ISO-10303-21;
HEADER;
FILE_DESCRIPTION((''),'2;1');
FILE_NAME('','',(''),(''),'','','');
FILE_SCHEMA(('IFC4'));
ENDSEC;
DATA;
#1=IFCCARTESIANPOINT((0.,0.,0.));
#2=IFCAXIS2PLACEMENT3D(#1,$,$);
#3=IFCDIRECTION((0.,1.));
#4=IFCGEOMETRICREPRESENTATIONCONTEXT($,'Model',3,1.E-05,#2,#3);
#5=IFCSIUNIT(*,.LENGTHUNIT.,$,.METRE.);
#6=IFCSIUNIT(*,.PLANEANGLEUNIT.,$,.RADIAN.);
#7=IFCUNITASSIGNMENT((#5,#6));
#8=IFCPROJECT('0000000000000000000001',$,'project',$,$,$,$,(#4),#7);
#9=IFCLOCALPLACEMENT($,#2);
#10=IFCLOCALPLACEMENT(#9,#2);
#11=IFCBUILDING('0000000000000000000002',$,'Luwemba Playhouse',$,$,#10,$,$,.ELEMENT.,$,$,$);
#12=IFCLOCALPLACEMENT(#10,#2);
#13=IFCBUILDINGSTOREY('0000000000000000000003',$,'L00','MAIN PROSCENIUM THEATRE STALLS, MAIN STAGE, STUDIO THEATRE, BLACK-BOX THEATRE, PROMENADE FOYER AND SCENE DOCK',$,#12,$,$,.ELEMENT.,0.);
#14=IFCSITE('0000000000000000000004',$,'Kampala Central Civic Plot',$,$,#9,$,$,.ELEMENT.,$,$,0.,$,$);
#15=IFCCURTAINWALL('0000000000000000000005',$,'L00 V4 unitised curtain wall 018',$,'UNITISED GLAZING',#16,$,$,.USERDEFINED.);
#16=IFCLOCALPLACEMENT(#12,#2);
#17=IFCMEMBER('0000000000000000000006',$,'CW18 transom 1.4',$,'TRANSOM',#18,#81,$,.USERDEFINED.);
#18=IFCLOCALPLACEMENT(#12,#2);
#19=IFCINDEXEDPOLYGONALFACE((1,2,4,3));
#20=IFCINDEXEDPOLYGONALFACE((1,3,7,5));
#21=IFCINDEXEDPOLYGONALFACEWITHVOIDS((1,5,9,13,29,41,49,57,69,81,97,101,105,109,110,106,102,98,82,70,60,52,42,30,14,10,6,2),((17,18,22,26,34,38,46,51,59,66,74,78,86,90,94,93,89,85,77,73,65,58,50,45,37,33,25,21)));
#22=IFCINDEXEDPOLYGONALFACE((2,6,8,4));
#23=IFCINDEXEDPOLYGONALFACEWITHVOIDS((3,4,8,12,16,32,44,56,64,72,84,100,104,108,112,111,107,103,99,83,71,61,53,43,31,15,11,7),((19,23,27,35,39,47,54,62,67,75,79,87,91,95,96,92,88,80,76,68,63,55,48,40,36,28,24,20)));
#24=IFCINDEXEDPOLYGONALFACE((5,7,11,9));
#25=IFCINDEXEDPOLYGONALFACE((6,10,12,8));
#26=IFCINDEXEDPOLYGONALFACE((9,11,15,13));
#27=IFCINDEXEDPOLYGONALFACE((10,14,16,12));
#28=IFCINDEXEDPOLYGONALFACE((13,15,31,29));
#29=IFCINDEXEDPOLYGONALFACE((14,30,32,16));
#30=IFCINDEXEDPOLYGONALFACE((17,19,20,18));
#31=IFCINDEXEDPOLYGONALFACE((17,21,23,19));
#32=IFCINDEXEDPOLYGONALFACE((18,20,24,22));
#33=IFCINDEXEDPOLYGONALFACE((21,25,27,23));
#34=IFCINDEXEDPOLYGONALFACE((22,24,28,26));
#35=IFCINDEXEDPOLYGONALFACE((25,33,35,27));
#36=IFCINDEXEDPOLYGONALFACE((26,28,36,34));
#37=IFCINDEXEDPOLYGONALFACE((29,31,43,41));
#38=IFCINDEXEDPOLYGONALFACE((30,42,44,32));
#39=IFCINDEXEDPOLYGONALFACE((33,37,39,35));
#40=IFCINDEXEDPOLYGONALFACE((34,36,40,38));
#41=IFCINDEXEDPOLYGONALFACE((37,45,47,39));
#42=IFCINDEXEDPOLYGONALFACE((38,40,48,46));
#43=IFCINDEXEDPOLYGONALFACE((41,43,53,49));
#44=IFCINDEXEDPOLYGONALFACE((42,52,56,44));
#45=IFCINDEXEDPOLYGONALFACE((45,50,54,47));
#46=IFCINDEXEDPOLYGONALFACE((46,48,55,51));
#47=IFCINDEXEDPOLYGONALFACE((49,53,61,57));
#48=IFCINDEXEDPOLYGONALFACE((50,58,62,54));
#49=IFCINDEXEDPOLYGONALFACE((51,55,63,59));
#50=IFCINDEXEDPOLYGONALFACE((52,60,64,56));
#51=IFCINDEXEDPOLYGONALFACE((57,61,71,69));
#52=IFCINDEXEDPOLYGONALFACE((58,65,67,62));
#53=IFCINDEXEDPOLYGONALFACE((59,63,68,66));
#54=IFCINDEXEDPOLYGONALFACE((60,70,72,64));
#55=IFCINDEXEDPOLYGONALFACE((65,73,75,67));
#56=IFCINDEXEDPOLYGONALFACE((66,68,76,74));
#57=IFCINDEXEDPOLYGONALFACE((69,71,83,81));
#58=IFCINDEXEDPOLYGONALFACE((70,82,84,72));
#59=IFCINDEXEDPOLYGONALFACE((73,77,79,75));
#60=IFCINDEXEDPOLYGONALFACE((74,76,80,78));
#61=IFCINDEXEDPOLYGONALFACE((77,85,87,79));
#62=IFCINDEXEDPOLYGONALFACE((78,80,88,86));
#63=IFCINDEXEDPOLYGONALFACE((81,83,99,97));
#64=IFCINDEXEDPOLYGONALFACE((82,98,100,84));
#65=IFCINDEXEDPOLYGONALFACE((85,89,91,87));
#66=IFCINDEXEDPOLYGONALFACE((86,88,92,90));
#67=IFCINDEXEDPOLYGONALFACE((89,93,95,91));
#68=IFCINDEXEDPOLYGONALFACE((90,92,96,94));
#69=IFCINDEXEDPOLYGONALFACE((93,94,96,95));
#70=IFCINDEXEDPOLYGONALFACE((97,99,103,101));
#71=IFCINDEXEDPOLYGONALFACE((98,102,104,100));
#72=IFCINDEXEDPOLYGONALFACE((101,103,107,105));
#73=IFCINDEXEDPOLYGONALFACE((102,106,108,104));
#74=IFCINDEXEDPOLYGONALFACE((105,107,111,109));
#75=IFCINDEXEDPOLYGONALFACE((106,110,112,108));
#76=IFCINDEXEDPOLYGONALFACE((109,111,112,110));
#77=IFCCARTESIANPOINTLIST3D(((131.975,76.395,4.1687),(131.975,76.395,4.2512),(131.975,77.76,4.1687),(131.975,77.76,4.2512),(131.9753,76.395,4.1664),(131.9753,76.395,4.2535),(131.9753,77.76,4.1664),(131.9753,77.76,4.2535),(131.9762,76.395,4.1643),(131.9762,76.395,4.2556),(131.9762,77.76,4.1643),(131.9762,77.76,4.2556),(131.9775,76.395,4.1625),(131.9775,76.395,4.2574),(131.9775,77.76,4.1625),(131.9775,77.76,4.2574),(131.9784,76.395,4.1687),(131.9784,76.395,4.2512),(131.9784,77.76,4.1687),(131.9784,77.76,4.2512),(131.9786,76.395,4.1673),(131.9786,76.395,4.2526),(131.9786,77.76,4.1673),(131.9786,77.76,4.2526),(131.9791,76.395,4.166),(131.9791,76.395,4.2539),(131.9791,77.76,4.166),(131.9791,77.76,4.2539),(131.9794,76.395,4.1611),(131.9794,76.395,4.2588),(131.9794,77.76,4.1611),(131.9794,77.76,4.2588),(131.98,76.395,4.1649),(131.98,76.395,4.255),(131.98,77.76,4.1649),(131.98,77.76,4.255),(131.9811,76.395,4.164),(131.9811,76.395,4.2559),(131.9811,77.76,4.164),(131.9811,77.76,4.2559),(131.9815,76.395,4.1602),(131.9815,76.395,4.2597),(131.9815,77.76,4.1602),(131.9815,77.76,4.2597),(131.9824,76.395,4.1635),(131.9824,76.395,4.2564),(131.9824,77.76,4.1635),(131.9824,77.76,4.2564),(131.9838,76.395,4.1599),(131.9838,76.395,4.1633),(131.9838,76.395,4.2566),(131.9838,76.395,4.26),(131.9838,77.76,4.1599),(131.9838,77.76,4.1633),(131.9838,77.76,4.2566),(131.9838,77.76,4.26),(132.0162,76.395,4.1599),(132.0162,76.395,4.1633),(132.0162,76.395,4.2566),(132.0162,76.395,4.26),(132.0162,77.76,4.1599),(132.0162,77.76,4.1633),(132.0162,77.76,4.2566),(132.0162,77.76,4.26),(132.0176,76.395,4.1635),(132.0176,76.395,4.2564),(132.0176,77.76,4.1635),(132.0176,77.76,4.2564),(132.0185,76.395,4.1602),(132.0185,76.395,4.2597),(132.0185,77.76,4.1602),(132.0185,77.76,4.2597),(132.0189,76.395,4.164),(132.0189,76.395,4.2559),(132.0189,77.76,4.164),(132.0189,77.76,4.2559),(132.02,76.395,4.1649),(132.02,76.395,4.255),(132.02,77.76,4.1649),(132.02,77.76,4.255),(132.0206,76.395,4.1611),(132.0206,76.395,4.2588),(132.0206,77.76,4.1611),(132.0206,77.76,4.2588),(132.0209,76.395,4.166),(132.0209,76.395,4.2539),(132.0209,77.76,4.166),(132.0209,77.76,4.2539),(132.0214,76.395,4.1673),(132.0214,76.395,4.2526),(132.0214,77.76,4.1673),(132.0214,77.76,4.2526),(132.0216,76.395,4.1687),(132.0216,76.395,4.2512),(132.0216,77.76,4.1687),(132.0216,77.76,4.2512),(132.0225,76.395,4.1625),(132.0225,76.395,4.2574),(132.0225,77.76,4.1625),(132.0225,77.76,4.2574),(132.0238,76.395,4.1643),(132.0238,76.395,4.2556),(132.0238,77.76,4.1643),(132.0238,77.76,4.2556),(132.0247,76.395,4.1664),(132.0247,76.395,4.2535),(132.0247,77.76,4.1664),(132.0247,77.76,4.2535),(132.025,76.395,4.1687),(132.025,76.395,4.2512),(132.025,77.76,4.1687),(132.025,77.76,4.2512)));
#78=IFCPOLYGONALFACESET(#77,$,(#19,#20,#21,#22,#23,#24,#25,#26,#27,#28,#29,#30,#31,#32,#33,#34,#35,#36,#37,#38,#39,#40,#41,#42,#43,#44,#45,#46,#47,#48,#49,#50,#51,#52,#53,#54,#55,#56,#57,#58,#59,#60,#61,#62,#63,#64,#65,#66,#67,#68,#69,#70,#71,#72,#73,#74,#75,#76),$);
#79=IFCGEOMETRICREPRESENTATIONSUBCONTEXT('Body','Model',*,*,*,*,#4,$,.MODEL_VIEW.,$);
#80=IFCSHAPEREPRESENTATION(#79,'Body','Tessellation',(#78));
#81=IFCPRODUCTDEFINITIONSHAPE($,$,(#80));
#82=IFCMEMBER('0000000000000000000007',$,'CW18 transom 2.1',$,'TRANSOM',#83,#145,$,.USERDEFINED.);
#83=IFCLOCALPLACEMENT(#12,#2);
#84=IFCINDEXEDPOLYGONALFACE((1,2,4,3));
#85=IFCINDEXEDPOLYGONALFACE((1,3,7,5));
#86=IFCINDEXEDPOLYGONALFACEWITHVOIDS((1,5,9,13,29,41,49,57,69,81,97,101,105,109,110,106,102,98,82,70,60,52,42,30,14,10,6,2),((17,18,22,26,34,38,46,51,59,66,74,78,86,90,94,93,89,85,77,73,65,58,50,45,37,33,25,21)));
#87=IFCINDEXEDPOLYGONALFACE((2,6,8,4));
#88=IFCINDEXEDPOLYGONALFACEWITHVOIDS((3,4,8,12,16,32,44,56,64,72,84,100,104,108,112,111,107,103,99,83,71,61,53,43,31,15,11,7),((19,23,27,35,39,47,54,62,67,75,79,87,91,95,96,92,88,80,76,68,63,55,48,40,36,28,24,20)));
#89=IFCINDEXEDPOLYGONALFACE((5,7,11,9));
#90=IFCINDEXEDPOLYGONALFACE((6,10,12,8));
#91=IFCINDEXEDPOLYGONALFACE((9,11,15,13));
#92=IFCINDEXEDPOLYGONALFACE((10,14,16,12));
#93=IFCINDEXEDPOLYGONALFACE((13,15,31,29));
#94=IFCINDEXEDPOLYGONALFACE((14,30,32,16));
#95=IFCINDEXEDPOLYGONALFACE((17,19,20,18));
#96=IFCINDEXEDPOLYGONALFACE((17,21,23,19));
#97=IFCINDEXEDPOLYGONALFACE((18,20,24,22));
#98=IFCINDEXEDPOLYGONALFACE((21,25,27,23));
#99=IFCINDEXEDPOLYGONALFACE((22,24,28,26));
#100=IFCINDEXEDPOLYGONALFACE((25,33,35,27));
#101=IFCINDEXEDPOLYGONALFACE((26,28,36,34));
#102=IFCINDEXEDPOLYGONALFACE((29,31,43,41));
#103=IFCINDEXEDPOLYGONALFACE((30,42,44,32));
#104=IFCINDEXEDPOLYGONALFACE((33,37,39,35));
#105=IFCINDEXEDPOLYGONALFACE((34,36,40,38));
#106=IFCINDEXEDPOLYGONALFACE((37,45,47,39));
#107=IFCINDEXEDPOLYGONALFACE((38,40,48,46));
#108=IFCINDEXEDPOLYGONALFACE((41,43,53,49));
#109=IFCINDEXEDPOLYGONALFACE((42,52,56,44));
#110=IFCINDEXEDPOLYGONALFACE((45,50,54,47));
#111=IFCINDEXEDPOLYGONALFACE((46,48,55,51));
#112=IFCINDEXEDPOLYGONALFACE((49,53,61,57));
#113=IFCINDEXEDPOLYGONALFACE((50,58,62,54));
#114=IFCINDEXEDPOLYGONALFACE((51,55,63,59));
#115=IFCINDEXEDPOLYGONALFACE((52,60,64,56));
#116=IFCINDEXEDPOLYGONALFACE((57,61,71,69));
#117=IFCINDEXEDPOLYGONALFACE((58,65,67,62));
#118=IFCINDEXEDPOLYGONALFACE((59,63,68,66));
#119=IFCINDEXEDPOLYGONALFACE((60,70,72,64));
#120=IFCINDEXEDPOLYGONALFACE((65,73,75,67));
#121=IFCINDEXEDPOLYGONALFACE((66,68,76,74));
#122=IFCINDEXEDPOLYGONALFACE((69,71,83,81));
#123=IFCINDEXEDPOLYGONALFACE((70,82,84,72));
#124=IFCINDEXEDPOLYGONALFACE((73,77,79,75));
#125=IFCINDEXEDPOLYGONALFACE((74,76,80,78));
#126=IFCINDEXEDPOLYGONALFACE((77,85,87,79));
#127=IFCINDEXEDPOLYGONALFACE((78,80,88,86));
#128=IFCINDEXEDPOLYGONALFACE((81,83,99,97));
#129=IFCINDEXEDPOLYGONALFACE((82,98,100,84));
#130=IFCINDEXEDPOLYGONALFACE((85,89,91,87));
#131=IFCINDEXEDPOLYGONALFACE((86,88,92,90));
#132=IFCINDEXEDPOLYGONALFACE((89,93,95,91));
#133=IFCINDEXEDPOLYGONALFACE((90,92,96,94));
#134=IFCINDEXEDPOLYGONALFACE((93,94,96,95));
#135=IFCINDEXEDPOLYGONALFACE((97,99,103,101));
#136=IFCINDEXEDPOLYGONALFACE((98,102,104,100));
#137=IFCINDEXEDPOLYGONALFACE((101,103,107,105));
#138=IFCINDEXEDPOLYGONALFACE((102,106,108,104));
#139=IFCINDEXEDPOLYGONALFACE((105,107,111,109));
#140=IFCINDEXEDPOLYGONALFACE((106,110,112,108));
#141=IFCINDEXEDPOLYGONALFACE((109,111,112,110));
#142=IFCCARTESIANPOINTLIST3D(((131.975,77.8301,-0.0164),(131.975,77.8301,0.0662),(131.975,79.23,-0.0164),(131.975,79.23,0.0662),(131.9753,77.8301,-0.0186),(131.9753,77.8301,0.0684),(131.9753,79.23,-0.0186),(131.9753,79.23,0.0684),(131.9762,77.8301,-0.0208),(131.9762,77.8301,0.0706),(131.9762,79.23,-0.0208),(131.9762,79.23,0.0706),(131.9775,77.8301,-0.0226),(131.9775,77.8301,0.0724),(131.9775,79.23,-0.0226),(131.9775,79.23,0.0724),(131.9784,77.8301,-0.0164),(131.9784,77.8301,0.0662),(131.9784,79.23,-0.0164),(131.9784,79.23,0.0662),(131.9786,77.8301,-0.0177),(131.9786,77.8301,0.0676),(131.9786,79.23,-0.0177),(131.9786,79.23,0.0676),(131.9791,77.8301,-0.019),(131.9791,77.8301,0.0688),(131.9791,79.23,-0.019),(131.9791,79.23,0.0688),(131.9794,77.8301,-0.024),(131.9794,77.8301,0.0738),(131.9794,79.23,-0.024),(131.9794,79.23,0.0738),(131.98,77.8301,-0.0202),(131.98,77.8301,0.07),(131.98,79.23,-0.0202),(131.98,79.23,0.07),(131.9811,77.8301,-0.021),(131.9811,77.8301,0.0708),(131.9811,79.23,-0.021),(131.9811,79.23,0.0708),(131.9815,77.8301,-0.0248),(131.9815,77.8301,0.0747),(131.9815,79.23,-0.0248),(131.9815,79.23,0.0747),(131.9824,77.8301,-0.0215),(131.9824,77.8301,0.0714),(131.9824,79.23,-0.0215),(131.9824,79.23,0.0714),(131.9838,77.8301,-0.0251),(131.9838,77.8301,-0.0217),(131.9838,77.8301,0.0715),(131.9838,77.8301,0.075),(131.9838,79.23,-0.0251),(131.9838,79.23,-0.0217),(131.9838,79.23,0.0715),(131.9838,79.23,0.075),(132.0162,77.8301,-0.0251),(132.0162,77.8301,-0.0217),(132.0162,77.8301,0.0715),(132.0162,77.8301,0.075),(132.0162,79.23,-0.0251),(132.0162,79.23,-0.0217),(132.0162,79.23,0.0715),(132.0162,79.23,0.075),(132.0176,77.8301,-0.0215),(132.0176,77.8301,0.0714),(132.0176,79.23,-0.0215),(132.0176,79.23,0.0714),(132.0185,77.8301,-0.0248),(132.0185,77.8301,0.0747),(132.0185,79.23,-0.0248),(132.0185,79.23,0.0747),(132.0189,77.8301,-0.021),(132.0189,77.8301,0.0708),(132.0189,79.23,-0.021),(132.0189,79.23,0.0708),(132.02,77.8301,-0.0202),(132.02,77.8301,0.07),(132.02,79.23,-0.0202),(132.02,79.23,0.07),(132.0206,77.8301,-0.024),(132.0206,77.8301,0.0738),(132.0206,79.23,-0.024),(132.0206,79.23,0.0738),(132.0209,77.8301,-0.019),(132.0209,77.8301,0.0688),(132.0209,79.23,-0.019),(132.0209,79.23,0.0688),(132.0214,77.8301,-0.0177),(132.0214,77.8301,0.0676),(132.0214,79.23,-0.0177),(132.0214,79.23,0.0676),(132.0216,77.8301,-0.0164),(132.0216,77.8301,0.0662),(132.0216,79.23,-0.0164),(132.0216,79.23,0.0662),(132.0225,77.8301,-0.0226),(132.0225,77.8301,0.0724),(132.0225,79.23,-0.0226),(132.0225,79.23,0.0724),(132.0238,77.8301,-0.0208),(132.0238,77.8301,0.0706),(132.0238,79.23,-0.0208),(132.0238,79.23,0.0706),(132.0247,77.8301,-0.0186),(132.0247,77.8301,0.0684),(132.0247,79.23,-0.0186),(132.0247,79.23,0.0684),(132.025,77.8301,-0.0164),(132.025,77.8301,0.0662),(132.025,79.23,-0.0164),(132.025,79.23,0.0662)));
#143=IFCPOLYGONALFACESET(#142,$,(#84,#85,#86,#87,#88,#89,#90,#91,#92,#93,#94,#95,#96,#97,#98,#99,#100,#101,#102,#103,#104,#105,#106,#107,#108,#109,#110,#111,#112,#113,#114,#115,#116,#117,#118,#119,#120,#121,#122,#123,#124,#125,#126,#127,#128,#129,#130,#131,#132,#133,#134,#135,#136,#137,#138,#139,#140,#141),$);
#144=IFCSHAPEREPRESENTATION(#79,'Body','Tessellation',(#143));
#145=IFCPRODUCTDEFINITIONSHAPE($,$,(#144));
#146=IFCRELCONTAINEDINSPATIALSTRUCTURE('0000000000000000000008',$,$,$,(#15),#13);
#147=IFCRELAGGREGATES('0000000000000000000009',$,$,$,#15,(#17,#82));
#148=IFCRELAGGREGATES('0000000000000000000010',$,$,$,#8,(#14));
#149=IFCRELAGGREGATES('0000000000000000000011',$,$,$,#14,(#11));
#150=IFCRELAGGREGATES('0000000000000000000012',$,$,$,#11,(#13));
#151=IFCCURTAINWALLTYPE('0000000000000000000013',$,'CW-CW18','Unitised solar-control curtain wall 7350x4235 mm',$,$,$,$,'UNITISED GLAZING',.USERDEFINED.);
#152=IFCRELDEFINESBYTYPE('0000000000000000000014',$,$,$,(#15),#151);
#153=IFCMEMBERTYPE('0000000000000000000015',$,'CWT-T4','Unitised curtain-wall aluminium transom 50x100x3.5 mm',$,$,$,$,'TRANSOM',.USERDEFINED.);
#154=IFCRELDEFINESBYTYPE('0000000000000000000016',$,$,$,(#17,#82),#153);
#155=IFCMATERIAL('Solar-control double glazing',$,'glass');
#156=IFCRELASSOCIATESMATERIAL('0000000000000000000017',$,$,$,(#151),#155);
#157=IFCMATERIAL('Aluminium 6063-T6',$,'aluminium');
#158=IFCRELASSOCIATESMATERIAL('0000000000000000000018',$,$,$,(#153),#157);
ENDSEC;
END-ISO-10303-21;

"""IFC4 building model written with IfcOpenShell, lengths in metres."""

from ifc_helpers import new_model, si_unit, direction, frame, origin, origin_2d, place, context, subcontext, project, spatial, hollow_rectangle, extrude, material, material_profile, profile_set, type_object, element, aggregate, save


model = new_model("IFC4")

# Units and contexts
model_context = context("Model", 3, precision=1e-05, world=origin(), true_north=direction((0.0, 1.0)))
body_context = subcontext(model_context, "Body", "Model", "MODEL_VIEW")
ifc_project = project(units=[si_unit("LENGTHUNIT", "METRE"), si_unit("PLANEANGLEUNIT", "RADIAN")], contexts=[model_context])

# Site, building, storey
site_placement = place(None, origin())
site = spatial("IfcSite", under=ifc_project, at=site_placement, Name="Kampala Central Civic Plot", CompositionType="ELEMENT", RefElevation=0.0)
building_placement = place(site_placement, origin())
building = spatial("IfcBuilding", under=site, at=building_placement, Name="Luwemba Playhouse", CompositionType="ELEMENT")
storey_placement = place(building_placement, origin())
storey = spatial("IfcBuildingStorey", under=building, at=storey_placement, Name="L00", Description="MAIN PROSCENIUM THEATRE STALLS, MAIN STAGE, STUDIO THEATRE, BLACK-BOX THEATRE, PROMENADE FOYER AND SCENE DOCK", CompositionType="ELEMENT", Elevation=0.0)

# Curtain wall, members
ifc_material_1 = material(Name="Solar-control double glazing", Category="glass")
curtain_wall_type = type_object("IfcCurtainWallType", Name="CW-CW18", Description="Unitised solar-control curtain wall 7350x4235 mm", ElementType="UNITISED GLAZING", PredefinedType="USERDEFINED", material=ifc_material_1)
curtain_wall_placement = place(storey_placement, origin())
curtain_wall = element("IfcCurtainWall", 1, at=curtain_wall_placement, inside=storey, type_object=curtain_wall_type, Name="L00 V4 unitised curtain wall 018", ObjectType="UNITISED GLAZING", PredefinedType="USERDEFINED")
ifc_material_2 = material(Name="Aluminium 6063-T6", Category="aluminium")
ifc_material_profile_1 = material_profile(ifc_material_2, hollow_rectangle(XDim=0.05, YDim=0.1001, WallThickness=0.0034, InnerFilletRadius=0.0054, OuterFilletRadius=0.0088, at=origin_2d()))
ifc_profile_set_1 = profile_set([ifc_material_profile_1], Name="Aluminium 6063-T6")
member_type_1 = type_object("IfcMemberType", Name="CWT-T4", Description="Unitised curtain-wall aluminium transom 50x100x3.5 mm", ElementType="TRANSOM", PredefinedType="USERDEFINED", material=ifc_profile_set_1)
member_1_placement = place(storey_placement, frame((132.0, 76.395, 4.21), z_axis=(0.0, 1.0, 0.0), x_axis=(-1.0, 0.0, 0.0)))
member_1 = element("IfcMember", 2, at=member_1_placement, type_object=member_type_1, Name="CW18 transom 1.4", ObjectType="TRANSOM", PredefinedType="USERDEFINED", context=body_context, shape_type="SweptSolid", body=[
    extrude(hollow_rectangle(XDim=0.05, YDim=0.1001, WallThickness=0.0034, InnerFilletRadius=0.0054, OuterFilletRadius=0.0088, at=origin_2d()), origin(), (0.0, 0.0, 1.0), 1.365),
])
member_2_placement = place(storey_placement, frame((132.0, 77.8301, 0.0249), z_axis=(0.0, 1.0, 0.0), x_axis=(-1.0, 0.0, 0.0)))
member_2 = element("IfcMember", 3, at=member_2_placement, type_object=member_type_1, Name="CW18 transom 2.1", ObjectType="TRANSOM", PredefinedType="USERDEFINED", context=body_context, shape_type="SweptSolid", body=[
    extrude(hollow_rectangle(XDim=0.05, YDim=0.1001, WallThickness=0.0034, InnerFilletRadius=0.0054, OuterFilletRadius=0.0088, at=origin_2d()), origin(), (0.0, 0.0, 1.0), 1.3999),
])
aggregate(curtain_wall, [member_1, member_2])

save(model, "model.ifc")
